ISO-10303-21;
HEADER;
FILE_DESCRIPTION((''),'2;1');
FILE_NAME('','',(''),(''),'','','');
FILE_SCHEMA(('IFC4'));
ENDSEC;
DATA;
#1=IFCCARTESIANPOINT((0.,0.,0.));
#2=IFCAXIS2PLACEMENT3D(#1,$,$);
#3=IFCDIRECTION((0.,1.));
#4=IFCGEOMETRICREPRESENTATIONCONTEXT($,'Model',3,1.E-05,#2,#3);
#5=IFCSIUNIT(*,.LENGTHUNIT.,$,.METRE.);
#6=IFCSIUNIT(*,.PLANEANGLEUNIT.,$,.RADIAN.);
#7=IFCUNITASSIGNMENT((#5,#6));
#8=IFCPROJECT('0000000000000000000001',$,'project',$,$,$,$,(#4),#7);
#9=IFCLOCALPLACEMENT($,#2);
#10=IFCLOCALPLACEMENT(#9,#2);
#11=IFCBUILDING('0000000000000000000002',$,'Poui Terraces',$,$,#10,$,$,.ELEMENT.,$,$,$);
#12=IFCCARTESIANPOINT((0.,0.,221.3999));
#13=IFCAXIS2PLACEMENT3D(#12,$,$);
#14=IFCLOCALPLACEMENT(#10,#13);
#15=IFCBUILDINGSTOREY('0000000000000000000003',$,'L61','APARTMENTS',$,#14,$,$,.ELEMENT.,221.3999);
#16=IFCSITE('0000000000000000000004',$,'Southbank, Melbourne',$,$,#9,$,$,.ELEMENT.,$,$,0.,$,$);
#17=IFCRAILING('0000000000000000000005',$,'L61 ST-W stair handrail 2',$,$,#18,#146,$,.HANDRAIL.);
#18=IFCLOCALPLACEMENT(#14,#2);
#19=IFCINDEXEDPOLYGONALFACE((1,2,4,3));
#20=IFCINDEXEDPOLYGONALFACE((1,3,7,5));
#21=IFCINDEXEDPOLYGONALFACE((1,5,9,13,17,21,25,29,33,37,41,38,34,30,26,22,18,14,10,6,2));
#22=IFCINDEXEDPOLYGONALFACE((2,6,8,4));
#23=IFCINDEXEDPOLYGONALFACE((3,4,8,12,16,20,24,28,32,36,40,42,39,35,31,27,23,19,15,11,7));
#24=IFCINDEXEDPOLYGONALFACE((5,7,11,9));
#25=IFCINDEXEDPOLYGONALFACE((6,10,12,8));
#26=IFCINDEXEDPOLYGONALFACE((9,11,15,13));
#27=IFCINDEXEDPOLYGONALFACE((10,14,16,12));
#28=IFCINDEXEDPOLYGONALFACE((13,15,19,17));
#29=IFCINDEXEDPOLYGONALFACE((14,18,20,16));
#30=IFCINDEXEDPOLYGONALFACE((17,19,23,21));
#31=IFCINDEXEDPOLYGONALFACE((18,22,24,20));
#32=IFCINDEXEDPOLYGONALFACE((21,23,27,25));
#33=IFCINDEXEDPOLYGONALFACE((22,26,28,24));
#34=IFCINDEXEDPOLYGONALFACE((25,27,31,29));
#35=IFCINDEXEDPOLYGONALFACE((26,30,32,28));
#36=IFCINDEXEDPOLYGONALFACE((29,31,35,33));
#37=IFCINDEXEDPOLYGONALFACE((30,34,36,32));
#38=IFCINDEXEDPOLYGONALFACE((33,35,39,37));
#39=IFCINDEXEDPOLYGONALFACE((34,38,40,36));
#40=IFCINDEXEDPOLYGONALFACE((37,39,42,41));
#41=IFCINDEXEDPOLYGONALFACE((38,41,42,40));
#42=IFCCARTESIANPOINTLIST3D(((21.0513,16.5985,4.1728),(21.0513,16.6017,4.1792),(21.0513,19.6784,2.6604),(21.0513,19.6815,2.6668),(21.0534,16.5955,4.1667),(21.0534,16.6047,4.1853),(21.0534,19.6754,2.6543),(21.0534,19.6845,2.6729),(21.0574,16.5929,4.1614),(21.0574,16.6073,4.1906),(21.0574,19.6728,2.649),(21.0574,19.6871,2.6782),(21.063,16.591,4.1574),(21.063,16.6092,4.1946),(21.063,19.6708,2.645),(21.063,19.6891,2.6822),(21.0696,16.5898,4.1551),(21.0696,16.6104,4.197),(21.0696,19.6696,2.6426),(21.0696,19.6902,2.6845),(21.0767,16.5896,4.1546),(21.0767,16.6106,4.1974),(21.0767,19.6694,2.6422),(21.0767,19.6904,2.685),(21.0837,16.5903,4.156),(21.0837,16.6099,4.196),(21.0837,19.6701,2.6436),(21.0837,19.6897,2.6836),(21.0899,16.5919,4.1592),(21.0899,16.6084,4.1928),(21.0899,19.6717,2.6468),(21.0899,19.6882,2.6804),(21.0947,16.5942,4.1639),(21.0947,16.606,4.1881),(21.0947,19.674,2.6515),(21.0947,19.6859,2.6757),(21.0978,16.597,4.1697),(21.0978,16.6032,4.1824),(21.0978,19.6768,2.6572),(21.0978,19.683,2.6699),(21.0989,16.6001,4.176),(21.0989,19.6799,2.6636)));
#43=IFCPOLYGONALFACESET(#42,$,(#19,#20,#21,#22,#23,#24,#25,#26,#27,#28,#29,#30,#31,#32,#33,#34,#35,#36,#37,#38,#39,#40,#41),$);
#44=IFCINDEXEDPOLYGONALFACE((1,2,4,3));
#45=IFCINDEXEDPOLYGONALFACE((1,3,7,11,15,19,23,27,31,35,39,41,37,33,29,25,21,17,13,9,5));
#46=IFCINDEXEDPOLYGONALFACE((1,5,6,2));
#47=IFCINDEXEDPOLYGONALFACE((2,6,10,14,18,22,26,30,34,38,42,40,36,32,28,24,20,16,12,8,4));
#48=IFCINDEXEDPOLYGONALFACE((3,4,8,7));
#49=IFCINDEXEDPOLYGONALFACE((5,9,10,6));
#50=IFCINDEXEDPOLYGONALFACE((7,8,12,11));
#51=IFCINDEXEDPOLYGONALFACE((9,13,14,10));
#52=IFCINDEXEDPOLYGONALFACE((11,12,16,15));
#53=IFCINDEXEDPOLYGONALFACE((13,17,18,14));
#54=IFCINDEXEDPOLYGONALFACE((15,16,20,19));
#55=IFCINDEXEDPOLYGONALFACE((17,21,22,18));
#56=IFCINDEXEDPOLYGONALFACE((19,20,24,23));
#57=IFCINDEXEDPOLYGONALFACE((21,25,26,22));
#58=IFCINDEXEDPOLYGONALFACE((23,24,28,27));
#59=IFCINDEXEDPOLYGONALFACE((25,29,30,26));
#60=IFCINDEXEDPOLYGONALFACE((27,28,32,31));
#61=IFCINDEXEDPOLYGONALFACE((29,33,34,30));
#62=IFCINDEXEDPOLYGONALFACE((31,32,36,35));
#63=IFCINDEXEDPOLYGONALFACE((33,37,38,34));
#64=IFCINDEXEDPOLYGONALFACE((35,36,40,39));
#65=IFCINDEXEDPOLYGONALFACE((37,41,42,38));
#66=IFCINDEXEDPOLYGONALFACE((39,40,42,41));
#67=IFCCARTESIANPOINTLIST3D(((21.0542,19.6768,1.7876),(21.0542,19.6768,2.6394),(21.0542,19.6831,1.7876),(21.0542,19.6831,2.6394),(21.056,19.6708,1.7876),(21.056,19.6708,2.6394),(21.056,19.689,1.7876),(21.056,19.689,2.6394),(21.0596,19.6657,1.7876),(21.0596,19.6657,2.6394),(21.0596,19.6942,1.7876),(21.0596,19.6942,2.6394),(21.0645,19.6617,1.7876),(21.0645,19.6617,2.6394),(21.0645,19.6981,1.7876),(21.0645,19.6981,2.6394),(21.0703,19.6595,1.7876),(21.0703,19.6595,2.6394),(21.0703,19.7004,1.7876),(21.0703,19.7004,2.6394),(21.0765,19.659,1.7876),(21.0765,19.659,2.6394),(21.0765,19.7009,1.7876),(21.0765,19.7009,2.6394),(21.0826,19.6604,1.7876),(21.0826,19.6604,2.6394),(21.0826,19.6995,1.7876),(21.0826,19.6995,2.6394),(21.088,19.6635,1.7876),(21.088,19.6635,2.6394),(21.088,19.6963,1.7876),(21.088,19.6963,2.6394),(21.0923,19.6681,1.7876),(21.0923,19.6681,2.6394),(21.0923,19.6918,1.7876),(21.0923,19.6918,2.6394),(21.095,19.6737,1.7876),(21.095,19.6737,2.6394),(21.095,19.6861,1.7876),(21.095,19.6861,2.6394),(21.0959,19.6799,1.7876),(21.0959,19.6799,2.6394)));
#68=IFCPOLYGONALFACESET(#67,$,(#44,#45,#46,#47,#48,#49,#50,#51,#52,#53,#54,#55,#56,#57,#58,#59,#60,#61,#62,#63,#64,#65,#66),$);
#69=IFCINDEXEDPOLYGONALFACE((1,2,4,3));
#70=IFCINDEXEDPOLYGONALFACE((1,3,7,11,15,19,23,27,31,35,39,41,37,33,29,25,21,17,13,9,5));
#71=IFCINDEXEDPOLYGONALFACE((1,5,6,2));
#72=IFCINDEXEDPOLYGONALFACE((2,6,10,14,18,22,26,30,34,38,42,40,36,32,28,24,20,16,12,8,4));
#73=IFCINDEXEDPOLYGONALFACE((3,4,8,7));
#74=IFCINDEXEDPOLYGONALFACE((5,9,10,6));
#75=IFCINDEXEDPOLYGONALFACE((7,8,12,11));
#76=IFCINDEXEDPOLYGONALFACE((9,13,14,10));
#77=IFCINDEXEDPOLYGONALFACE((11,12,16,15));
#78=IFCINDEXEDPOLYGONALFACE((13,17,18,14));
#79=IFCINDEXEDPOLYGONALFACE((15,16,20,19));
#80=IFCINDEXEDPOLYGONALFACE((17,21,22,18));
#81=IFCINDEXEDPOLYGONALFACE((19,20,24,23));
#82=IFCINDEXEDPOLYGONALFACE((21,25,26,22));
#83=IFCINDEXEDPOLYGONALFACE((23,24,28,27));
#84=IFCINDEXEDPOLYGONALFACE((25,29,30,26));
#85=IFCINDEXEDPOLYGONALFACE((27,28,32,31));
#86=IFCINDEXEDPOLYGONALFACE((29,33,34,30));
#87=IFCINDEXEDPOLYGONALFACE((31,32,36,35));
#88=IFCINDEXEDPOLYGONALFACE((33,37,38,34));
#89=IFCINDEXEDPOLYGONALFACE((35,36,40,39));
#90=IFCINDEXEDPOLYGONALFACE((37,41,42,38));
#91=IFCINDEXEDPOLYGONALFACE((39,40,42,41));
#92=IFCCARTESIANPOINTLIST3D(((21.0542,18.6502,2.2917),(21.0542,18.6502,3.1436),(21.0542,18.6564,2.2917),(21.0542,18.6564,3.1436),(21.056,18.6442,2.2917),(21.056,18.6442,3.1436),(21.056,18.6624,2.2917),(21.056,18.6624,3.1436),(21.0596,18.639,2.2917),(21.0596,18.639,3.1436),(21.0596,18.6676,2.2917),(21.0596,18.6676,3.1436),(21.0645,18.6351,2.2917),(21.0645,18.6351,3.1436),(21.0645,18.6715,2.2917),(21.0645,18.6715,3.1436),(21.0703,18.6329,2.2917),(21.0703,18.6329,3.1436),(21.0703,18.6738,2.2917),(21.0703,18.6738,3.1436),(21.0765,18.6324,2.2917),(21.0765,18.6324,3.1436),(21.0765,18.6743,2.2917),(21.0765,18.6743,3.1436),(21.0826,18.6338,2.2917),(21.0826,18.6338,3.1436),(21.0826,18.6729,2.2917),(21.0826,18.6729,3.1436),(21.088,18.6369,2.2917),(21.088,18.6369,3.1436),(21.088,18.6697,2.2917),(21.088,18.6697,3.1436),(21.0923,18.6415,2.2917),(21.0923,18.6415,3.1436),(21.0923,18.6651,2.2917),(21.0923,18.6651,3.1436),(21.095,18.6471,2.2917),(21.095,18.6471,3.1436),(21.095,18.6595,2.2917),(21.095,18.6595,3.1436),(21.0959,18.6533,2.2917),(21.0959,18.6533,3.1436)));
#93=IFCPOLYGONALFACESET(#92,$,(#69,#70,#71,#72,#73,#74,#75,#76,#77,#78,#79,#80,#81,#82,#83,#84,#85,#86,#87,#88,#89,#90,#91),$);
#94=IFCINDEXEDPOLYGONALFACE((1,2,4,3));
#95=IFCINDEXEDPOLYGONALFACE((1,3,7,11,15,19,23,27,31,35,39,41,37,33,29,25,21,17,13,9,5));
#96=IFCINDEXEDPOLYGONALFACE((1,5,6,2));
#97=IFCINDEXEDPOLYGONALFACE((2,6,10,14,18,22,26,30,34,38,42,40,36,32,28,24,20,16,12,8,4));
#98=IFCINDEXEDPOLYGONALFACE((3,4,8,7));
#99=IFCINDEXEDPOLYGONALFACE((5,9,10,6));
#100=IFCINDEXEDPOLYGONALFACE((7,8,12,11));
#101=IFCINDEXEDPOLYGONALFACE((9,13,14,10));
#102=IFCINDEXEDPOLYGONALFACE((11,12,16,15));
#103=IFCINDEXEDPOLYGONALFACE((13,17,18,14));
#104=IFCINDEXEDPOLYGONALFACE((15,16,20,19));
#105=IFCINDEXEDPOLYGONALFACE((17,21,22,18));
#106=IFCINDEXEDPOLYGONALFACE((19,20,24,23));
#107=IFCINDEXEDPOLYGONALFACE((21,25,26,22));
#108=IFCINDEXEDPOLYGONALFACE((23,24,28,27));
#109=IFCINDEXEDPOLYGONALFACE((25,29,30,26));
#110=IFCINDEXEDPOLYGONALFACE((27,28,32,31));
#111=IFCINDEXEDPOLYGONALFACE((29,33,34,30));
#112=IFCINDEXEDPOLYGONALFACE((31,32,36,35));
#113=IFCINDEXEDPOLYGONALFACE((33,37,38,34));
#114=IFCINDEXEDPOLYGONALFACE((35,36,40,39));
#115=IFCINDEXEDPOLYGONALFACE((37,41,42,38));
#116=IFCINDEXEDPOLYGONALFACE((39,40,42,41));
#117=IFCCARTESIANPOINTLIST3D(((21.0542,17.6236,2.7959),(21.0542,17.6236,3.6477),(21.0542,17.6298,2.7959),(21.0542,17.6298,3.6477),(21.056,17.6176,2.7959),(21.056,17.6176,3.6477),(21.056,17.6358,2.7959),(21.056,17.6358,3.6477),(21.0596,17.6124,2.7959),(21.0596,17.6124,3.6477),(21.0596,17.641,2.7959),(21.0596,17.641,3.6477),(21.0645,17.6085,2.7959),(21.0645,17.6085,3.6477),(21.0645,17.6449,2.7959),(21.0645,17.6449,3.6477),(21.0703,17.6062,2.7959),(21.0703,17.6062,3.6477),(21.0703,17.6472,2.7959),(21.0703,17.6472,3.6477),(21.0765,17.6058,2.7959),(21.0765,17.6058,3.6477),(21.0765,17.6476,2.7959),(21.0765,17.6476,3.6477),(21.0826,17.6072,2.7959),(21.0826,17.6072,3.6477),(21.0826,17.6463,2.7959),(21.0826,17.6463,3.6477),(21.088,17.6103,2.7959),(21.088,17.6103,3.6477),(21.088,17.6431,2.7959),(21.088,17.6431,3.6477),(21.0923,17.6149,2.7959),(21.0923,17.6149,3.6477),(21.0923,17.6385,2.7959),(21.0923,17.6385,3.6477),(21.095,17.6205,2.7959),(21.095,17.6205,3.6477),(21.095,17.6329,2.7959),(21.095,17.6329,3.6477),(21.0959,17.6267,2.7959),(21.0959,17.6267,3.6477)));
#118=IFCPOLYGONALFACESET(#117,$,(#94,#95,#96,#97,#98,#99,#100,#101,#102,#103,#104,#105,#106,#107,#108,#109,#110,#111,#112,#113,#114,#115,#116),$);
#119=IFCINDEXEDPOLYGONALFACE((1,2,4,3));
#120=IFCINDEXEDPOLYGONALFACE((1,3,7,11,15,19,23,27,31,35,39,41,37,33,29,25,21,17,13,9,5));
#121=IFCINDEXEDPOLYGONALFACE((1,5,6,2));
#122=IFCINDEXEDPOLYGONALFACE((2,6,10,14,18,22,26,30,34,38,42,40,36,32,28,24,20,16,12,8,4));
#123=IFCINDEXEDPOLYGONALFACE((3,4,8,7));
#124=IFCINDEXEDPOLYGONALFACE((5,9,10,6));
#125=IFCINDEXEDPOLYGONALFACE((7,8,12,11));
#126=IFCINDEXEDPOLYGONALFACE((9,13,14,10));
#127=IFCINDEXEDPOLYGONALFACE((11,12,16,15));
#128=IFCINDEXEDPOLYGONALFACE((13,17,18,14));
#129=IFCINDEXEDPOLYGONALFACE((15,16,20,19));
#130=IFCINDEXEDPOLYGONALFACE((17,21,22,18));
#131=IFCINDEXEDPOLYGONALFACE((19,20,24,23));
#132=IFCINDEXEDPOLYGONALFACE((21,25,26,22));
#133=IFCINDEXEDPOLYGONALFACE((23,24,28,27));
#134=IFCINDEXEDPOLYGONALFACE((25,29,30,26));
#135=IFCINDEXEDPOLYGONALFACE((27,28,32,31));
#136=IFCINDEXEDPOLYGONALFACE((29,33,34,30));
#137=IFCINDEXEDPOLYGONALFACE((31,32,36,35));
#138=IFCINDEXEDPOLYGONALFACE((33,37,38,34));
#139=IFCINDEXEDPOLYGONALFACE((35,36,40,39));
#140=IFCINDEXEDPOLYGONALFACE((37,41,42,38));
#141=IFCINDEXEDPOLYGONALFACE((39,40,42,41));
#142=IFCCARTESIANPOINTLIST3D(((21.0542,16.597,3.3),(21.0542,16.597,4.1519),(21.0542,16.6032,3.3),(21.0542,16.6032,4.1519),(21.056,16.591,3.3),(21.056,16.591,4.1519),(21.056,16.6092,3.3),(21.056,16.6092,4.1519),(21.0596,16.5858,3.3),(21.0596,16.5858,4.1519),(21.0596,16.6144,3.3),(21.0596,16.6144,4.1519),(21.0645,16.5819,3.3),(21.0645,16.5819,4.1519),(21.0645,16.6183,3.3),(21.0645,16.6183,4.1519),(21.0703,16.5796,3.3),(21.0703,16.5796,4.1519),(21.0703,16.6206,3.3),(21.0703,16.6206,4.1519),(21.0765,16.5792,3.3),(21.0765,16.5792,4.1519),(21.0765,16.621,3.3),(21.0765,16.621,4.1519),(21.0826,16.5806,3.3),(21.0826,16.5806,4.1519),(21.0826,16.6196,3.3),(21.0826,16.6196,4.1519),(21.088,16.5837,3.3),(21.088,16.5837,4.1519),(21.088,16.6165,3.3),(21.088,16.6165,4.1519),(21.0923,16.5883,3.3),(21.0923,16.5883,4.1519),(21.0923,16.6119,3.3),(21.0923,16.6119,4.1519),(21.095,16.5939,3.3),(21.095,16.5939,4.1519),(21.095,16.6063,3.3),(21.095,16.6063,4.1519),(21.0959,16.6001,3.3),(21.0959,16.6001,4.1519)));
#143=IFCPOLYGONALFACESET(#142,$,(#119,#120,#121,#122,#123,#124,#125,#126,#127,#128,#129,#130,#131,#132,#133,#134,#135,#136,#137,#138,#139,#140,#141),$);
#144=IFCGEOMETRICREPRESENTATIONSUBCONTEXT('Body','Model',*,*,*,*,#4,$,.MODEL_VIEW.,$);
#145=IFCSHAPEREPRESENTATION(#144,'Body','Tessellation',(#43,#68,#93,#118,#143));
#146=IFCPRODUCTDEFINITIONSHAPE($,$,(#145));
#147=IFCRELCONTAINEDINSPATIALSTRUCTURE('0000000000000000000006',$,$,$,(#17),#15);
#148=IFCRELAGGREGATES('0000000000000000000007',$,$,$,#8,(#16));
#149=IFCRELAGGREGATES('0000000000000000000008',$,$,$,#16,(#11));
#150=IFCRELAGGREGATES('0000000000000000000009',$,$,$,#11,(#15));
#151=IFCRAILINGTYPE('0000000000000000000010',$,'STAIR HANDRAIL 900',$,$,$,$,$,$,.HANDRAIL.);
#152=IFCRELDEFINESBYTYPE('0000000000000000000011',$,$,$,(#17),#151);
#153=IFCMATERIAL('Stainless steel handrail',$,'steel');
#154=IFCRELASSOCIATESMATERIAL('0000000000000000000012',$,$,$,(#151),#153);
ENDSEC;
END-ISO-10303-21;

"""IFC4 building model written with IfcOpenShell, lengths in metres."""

from ifc_helpers import new_model, si_unit, direction, frame, origin, origin_2d, place, context, subcontext, project, spatial, circle, extrude, material, type_object, element, save


model = new_model("IFC4")

# Units and contexts
model_context = context("Model", 3, precision=1e-05, world=origin(), true_north=direction((0.0, 1.0)))
body_context = subcontext(model_context, "Body", "Model", "MODEL_VIEW")
ifc_project = project(units=[si_unit("LENGTHUNIT", "METRE"), si_unit("PLANEANGLEUNIT", "RADIAN")], contexts=[model_context])

# Site, building, storey
site_placement = place(None, origin())
site = spatial("IfcSite", under=ifc_project, at=site_placement, Name="Southbank, Melbourne", CompositionType="ELEMENT", RefElevation=0.0)
building_placement = place(site_placement, origin())
building = spatial("IfcBuilding", under=site, at=building_placement, Name="Poui Terraces", CompositionType="ELEMENT")
storey_placement = place(building_placement, frame((0.0, 0.0, 221.3999)))
storey = spatial("IfcBuildingStorey", under=building, at=storey_placement, Name="L61", Description="APARTMENTS", CompositionType="ELEMENT", Elevation=221.3999)

# Railing
ifc_material_1 = material(Name="Stainless steel handrail", Category="steel")
railing_type_1 = type_object("IfcRailingType", Name="STAIR HANDRAIL 900", PredefinedType="HANDRAIL", material=ifc_material_1)
railing_1_placement = place(storey_placement, frame((21.075, 19.6799, 1.7876)))
element("IfcRailing", 1, at=railing_1_placement, inside=storey, type_object=railing_type_1, Name="L61 ST-W stair handrail 2", PredefinedType="HANDRAIL", context=body_context, shape_type="SweptSolid", body=[
    extrude(circle(Radius=0.0239, at=origin_2d()), frame((0.0, 0.0, 0.876), z_axis=(0.0, -0.897606, 0.440798), x_axis=(1.0, 0.0, 0.0)), (0.0, 0.0, 1.0), 3.4312),
    extrude(circle(Radius=0.021, at=origin_2d()), origin(), (0.0, 0.0, 1.0), 0.8518),
    extrude(circle(Radius=0.021, at=origin_2d()), frame((0.0, -1.0266, 0.5042)), (0.0, 0.0, 1.0), 0.8518),
    extrude(circle(Radius=0.021, at=origin_2d()), frame((0.0, -2.0532, 1.0083)), (0.0, 0.0, 1.0), 0.8518),
    extrude(circle(Radius=0.021, at=origin_2d()), frame((0.0, -3.0798, 1.5125)), (0.0, 0.0, 1.0), 0.8518),
])

save(model, "model.ifc")
